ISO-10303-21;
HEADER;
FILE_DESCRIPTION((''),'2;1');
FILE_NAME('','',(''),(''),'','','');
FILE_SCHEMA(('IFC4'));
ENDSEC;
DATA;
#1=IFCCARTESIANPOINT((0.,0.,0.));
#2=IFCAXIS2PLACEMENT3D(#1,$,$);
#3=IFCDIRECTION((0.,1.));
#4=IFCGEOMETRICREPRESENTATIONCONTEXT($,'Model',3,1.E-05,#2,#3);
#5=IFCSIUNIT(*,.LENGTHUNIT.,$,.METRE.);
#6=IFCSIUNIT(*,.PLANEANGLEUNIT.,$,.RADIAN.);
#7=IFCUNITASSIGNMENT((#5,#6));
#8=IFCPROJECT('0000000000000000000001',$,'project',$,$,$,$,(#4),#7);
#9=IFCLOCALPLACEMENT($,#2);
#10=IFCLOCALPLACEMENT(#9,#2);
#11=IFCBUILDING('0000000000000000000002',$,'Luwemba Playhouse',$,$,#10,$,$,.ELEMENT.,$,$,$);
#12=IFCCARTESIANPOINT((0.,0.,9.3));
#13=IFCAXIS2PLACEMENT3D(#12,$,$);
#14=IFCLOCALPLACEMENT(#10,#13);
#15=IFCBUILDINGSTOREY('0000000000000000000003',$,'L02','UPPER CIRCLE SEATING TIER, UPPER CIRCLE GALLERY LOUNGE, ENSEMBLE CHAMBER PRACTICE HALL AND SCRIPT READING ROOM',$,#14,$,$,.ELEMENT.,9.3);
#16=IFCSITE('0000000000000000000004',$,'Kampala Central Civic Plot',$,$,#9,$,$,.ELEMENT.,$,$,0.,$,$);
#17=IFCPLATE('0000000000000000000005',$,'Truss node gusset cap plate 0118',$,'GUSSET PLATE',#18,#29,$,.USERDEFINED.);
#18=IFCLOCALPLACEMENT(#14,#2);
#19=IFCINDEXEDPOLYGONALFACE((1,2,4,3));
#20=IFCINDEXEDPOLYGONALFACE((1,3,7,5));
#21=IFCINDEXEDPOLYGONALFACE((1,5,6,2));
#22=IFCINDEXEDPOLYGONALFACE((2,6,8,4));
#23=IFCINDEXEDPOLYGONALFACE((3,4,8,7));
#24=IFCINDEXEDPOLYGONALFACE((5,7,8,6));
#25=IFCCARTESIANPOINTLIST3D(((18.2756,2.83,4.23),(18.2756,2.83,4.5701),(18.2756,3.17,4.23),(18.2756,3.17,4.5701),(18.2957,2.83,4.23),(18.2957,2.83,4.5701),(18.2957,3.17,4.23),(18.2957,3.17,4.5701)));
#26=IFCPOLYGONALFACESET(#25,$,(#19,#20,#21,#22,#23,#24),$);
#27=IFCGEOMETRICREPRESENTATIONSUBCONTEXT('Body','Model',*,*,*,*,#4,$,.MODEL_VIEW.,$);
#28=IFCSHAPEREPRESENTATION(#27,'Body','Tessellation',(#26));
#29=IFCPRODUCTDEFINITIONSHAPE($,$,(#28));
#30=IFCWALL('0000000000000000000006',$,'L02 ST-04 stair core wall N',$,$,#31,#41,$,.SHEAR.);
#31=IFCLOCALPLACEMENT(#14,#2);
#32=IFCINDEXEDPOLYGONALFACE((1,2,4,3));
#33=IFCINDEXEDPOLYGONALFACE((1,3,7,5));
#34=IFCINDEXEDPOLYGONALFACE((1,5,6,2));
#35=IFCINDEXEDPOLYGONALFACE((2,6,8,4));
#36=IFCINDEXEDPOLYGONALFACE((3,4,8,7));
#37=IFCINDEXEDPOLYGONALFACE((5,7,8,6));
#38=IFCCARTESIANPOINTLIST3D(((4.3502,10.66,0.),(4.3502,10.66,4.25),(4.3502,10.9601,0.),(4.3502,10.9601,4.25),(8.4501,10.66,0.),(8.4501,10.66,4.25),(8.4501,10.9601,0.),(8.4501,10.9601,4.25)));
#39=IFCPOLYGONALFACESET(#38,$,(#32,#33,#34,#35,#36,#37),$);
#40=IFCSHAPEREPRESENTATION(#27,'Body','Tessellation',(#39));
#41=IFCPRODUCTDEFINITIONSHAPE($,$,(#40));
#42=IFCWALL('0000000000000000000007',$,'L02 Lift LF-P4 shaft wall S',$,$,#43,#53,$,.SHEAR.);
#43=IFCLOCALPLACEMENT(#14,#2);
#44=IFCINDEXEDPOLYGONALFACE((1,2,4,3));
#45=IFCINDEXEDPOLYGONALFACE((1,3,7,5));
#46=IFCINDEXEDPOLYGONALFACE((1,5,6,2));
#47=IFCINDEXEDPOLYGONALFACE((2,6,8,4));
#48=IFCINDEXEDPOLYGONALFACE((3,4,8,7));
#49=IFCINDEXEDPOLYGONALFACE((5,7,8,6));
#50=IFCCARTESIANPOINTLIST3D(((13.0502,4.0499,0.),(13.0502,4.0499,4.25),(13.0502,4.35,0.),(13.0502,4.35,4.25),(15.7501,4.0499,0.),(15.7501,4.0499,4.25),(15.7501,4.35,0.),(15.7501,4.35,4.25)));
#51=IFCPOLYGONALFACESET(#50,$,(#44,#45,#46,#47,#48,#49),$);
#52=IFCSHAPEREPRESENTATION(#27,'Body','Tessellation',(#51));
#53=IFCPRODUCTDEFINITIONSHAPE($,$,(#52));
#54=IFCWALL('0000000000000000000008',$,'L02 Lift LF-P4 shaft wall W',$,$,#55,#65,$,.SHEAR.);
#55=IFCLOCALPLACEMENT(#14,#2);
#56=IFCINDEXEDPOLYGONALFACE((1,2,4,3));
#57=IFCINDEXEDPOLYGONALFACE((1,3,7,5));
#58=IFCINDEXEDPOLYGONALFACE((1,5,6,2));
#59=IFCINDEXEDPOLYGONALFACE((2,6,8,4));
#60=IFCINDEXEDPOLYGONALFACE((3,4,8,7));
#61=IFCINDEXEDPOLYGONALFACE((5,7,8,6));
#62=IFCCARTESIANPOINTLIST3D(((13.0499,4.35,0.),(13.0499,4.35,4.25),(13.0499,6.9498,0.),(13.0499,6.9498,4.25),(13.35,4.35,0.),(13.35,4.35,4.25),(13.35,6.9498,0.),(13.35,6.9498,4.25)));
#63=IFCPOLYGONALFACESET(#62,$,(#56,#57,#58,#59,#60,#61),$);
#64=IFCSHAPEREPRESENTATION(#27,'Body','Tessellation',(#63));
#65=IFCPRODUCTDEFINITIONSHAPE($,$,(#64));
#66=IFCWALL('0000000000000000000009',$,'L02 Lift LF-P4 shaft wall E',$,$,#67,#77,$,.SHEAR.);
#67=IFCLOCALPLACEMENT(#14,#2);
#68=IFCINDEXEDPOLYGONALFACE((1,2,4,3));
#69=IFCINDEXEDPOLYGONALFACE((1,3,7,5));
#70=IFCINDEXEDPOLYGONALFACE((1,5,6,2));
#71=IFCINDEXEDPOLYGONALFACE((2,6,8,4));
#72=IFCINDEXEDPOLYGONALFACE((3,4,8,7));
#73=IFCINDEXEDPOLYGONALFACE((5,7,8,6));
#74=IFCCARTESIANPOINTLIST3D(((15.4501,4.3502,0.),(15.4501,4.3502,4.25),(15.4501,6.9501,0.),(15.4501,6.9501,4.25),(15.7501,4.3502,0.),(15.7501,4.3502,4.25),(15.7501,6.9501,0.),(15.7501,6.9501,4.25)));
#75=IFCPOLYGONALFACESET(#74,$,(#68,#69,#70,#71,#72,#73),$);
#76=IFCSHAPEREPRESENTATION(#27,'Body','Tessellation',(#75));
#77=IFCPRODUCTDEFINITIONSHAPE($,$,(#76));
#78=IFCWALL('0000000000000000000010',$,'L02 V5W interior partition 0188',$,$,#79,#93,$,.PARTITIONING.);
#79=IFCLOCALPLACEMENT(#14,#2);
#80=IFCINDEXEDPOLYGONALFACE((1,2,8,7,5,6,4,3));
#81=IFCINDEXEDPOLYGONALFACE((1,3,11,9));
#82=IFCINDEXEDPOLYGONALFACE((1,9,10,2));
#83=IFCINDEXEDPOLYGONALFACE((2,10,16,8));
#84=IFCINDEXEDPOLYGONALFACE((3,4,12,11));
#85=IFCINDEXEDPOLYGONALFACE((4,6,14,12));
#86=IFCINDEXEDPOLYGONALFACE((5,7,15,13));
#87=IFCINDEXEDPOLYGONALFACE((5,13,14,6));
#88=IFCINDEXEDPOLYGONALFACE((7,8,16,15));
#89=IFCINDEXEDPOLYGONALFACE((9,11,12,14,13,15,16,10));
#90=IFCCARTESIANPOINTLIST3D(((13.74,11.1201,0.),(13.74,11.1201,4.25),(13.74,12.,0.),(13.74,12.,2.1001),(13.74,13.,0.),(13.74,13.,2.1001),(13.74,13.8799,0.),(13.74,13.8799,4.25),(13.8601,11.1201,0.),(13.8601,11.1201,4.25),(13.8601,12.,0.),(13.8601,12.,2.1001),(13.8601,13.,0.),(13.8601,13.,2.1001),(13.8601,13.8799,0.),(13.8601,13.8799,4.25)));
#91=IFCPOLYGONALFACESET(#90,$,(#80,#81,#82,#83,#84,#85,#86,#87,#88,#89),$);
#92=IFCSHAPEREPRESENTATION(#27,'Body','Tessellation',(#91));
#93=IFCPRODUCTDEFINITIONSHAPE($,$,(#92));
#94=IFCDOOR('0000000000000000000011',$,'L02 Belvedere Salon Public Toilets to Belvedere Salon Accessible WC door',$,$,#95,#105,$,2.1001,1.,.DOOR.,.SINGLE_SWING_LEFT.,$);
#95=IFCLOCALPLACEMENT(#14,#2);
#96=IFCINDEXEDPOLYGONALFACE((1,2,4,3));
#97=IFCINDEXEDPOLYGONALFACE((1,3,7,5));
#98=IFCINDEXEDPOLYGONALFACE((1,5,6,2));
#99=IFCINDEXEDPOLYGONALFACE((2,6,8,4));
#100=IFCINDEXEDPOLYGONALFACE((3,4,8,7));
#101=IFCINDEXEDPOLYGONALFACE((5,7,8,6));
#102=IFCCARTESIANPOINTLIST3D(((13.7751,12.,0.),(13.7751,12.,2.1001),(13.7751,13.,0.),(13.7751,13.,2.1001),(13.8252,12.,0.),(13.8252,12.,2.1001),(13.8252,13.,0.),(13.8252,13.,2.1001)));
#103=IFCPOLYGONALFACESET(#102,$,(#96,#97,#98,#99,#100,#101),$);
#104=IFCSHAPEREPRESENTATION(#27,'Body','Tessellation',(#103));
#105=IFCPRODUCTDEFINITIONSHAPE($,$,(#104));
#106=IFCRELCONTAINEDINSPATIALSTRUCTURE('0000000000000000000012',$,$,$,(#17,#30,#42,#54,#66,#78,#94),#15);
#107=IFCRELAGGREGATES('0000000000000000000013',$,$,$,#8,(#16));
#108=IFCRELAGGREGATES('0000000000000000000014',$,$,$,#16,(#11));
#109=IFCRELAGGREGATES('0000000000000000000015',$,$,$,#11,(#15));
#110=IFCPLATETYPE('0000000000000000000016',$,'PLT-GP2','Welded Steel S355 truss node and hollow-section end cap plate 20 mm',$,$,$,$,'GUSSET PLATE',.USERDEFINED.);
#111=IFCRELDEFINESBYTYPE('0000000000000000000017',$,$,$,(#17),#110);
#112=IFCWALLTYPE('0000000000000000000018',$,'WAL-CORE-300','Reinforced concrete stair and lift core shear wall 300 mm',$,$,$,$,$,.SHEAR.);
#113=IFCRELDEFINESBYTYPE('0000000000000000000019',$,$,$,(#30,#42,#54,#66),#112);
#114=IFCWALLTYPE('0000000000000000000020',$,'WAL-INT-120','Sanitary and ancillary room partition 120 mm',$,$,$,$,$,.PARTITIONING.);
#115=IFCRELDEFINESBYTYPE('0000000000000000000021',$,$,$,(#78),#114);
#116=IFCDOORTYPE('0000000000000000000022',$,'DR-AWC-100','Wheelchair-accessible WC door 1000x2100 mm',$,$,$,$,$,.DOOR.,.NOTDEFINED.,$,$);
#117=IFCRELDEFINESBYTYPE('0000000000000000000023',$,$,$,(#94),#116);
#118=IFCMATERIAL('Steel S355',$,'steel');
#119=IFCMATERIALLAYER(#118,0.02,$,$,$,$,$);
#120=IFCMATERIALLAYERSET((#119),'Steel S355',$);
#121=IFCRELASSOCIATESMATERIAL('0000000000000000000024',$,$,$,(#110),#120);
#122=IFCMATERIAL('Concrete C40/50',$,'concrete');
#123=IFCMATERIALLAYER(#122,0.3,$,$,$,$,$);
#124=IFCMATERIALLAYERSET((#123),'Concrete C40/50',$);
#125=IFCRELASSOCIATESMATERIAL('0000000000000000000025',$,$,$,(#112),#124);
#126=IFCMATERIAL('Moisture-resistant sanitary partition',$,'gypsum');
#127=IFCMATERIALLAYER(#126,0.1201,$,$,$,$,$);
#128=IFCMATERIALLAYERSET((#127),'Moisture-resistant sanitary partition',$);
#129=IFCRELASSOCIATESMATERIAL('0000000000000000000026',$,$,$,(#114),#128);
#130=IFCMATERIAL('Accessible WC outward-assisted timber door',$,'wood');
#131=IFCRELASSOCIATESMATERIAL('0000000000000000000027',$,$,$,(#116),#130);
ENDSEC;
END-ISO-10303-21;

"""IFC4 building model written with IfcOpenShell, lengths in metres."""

from ifc_helpers import new_model, si_unit, direction, frame, frame_2d, origin, origin_2d, place, context, subcontext, project, spatial, rectangle, extrude, material, layer, layer_set, type_object, element, fill, save


model = new_model("IFC4")

# Units and contexts
model_context = context("Model", 3, precision=1e-05, world=origin(), true_north=direction((0.0, 1.0)))
body_context = subcontext(model_context, "Body", "Model", "MODEL_VIEW")
ifc_project = project(units=[si_unit("LENGTHUNIT", "METRE"), si_unit("PLANEANGLEUNIT", "RADIAN")], contexts=[model_context])

# Site, building, storey
site_placement = place(None, origin())
site = spatial("IfcSite", under=ifc_project, at=site_placement, Name="Kampala Central Civic Plot", CompositionType="ELEMENT", RefElevation=0.0)
building_placement = place(site_placement, origin())
building = spatial("IfcBuilding", under=site, at=building_placement, Name="Luwemba Playhouse", CompositionType="ELEMENT")
storey_placement = place(building_placement, frame((0.0, 0.0, 9.3)))
storey = spatial("IfcBuildingStorey", under=building, at=storey_placement, Name="L02", Description="UPPER CIRCLE SEATING TIER, UPPER CIRCLE GALLERY LOUNGE, ENSEMBLE CHAMBER PRACTICE HALL AND SCRIPT READING ROOM", CompositionType="ELEMENT", Elevation=9.3)

# Shared definitions
ifc_material_1 = material(Name="Concrete C40/50", Category="concrete")

# Shared definitions
ifc_material_2 = material(Name="Steel S355", Category="steel")

# Plate
ifc_layer_1 = layer(ifc_material_2, 0.02)
ifc_layer_set_1 = layer_set([ifc_layer_1], Name="Steel S355")
plate_type = type_object("IfcPlateType", Name="PLT-GP2", Description="Welded Steel S355 truss node and hollow-section end cap plate 20 mm", ElementType="GUSSET PLATE", PredefinedType="USERDEFINED", material=ifc_layer_set_1)
plate_placement = place(storey_placement, frame((18.2856, 3.0, 4.23), z_axis=(0.0, 0.0, 1.0), x_axis=(1.0, 0.0, 0.0)))
element("IfcPlate", 1, at=plate_placement, inside=storey, type_object=plate_type, Name="Truss node gusset cap plate 0118", ObjectType="GUSSET PLATE", PredefinedType="USERDEFINED", context=body_context, shape_type="SweptSolid", body=[
    extrude(rectangle(XDim=0.02, YDim=0.3401, at=origin_2d()), origin(), (0.0, 0.0, 1.0), 0.3401),
])

# Wall
ifc_layer_2 = layer(ifc_material_1, 0.3)
ifc_layer_set_2 = layer_set([ifc_layer_2], Name="Concrete C40/50")
wall_type_1 = type_object("IfcWallType", Name="WAL-CORE-300", Description="Reinforced concrete stair and lift core shear wall 300 mm", PredefinedType="SHEAR", material=ifc_layer_set_2)
wall_1_placement = place(storey_placement, frame((8.45, 10.8101, 0.0), z_axis=(0.0, 0.0, 1.0), x_axis=(-1.0, 0.0, 0.0)))
element("IfcWall", 2, at=wall_1_placement, inside=storey, type_object=wall_type_1, Name="L02 ST-04 stair core wall N", PredefinedType="SHEAR", context=body_context, shape_type="SweptSolid", body=[
    extrude(rectangle(XDim=4.0999, YDim=0.3, at=frame_2d((2.0498, 0.0))), origin(), (0.0, 0.0, 1.0), 4.25),
])

# Wall
wall_2_placement = place(storey_placement, frame((13.05, 4.2, 0.0), z_axis=(0.0, 0.0, 1.0), x_axis=(1.0, 0.0, 0.0)))
element("IfcWall", 3, at=wall_2_placement, inside=storey, type_object=wall_type_1, Name="L02 Lift LF-P4 shaft wall S", PredefinedType="SHEAR", context=body_context, shape_type="SweptSolid", body=[
    extrude(rectangle(XDim=2.7, YDim=0.3, at=frame_2d((1.3501, 0.0))), origin(), (0.0, 0.0, 1.0), 4.25),
])

# Walls
for number, where, z_axis, x_axis, name in (
    (4, (13.2, 4.3501, 0.0), (0.0, 0.0, 1.0), (0.0, 1.0, 0.0), "L02 Lift LF-P4 shaft wall W"),
    (5, (15.6001, 6.95, 0.0), (0.0, 0.0, 1.0), (0.0, -1.0, 0.0), "L02 Lift LF-P4 shaft wall E"),
):
    element("IfcWall", number, at=place(storey_placement, frame(where, z_axis=z_axis, x_axis=x_axis)), inside=storey, type_object=wall_type_1, Name=name, PredefinedType="SHEAR", context=body_context, shape_type="SweptSolid", body=[
        extrude(rectangle(XDim=2.5999, YDim=0.3, at=frame_2d((1.2998, 0.0))), origin(), (0.0, 0.0, 1.0), 4.25),
    ])

# Wall, opening, door
ifc_material_3 = material(Name="Moisture-resistant sanitary partition", Category="gypsum")
ifc_layer_3 = layer(ifc_material_3, 0.1201)
ifc_layer_set_3 = layer_set([ifc_layer_3], Name="Moisture-resistant sanitary partition")
wall_type_2 = type_object("IfcWallType", Name="WAL-INT-120", Description="Sanitary and ancillary room partition 120 mm", PredefinedType="PARTITIONING", material=ifc_layer_set_3)
wall_3_placement = place(storey_placement, frame((13.8, 11.1201, 0.0), z_axis=(0.0, 0.0, 1.0), x_axis=(0.0, 1.0, 0.0)))
wall_3 = element("IfcWall", 6, at=wall_3_placement, inside=storey, type_object=wall_type_2, Name="L02 V5W interior partition 0188", PredefinedType="PARTITIONING", context=body_context, shape_type="SweptSolid", body=[
    extrude(rectangle(XDim=2.7598, YDim=0.1201, at=frame_2d((1.3799, 0.0))), origin(), (0.0, 0.0, 1.0), 4.25),
])
opening_1_placement = place(wall_3_placement, frame((0.8799, 0.0, 0.0)))
opening_1 = element("IfcOpeningElement", 7, at=opening_1_placement, cuts=wall_3, PredefinedType="OPENING", context=body_context, shape_type="SweptSolid", body=[
    extrude(rectangle(XDim=1.0, YDim=2.1001, at=frame_2d((0.5, 1.05))), frame((0.0, 0.0701, 0.0), z_axis=(0.0, -1.0, 0.0), x_axis=(1.0, 0.0, 0.0)), (0.0, 0.0, 1.0), 0.1401),
])
ifc_material_4 = material(Name="Accessible WC outward-assisted timber door", Category="wood")
door_type_1 = type_object("IfcDoorType", Name="DR-AWC-100", Description="Wheelchair-accessible WC door 1000x2100 mm", OperationType="NOTDEFINED", PredefinedType="DOOR", material=ifc_material_4)
door_1_placement = place(opening_1_placement, origin())
door_1 = element("IfcDoor", 8, at=door_1_placement, inside=storey, type_object=door_type_1, Name="L02 Belvedere Salon Public Toilets to Belvedere Salon Accessible WC door", OperationType="SINGLE_SWING_LEFT", OverallHeight=2.1001, OverallWidth=1.0, PredefinedType="DOOR", context=body_context, shape_type="SweptSolid", body=[
    extrude(rectangle(XDim=1.0, YDim=2.1001, at=frame_2d((0.5, 1.05))), frame((0.0, 0.0249, 0.0), z_axis=(0.0, -1.0, 0.0), x_axis=(1.0, 0.0, 0.0)), (0.0, 0.0, 1.0), 0.05),
])
fill(opening_1, door_1)

save(model, "model.ifc")
